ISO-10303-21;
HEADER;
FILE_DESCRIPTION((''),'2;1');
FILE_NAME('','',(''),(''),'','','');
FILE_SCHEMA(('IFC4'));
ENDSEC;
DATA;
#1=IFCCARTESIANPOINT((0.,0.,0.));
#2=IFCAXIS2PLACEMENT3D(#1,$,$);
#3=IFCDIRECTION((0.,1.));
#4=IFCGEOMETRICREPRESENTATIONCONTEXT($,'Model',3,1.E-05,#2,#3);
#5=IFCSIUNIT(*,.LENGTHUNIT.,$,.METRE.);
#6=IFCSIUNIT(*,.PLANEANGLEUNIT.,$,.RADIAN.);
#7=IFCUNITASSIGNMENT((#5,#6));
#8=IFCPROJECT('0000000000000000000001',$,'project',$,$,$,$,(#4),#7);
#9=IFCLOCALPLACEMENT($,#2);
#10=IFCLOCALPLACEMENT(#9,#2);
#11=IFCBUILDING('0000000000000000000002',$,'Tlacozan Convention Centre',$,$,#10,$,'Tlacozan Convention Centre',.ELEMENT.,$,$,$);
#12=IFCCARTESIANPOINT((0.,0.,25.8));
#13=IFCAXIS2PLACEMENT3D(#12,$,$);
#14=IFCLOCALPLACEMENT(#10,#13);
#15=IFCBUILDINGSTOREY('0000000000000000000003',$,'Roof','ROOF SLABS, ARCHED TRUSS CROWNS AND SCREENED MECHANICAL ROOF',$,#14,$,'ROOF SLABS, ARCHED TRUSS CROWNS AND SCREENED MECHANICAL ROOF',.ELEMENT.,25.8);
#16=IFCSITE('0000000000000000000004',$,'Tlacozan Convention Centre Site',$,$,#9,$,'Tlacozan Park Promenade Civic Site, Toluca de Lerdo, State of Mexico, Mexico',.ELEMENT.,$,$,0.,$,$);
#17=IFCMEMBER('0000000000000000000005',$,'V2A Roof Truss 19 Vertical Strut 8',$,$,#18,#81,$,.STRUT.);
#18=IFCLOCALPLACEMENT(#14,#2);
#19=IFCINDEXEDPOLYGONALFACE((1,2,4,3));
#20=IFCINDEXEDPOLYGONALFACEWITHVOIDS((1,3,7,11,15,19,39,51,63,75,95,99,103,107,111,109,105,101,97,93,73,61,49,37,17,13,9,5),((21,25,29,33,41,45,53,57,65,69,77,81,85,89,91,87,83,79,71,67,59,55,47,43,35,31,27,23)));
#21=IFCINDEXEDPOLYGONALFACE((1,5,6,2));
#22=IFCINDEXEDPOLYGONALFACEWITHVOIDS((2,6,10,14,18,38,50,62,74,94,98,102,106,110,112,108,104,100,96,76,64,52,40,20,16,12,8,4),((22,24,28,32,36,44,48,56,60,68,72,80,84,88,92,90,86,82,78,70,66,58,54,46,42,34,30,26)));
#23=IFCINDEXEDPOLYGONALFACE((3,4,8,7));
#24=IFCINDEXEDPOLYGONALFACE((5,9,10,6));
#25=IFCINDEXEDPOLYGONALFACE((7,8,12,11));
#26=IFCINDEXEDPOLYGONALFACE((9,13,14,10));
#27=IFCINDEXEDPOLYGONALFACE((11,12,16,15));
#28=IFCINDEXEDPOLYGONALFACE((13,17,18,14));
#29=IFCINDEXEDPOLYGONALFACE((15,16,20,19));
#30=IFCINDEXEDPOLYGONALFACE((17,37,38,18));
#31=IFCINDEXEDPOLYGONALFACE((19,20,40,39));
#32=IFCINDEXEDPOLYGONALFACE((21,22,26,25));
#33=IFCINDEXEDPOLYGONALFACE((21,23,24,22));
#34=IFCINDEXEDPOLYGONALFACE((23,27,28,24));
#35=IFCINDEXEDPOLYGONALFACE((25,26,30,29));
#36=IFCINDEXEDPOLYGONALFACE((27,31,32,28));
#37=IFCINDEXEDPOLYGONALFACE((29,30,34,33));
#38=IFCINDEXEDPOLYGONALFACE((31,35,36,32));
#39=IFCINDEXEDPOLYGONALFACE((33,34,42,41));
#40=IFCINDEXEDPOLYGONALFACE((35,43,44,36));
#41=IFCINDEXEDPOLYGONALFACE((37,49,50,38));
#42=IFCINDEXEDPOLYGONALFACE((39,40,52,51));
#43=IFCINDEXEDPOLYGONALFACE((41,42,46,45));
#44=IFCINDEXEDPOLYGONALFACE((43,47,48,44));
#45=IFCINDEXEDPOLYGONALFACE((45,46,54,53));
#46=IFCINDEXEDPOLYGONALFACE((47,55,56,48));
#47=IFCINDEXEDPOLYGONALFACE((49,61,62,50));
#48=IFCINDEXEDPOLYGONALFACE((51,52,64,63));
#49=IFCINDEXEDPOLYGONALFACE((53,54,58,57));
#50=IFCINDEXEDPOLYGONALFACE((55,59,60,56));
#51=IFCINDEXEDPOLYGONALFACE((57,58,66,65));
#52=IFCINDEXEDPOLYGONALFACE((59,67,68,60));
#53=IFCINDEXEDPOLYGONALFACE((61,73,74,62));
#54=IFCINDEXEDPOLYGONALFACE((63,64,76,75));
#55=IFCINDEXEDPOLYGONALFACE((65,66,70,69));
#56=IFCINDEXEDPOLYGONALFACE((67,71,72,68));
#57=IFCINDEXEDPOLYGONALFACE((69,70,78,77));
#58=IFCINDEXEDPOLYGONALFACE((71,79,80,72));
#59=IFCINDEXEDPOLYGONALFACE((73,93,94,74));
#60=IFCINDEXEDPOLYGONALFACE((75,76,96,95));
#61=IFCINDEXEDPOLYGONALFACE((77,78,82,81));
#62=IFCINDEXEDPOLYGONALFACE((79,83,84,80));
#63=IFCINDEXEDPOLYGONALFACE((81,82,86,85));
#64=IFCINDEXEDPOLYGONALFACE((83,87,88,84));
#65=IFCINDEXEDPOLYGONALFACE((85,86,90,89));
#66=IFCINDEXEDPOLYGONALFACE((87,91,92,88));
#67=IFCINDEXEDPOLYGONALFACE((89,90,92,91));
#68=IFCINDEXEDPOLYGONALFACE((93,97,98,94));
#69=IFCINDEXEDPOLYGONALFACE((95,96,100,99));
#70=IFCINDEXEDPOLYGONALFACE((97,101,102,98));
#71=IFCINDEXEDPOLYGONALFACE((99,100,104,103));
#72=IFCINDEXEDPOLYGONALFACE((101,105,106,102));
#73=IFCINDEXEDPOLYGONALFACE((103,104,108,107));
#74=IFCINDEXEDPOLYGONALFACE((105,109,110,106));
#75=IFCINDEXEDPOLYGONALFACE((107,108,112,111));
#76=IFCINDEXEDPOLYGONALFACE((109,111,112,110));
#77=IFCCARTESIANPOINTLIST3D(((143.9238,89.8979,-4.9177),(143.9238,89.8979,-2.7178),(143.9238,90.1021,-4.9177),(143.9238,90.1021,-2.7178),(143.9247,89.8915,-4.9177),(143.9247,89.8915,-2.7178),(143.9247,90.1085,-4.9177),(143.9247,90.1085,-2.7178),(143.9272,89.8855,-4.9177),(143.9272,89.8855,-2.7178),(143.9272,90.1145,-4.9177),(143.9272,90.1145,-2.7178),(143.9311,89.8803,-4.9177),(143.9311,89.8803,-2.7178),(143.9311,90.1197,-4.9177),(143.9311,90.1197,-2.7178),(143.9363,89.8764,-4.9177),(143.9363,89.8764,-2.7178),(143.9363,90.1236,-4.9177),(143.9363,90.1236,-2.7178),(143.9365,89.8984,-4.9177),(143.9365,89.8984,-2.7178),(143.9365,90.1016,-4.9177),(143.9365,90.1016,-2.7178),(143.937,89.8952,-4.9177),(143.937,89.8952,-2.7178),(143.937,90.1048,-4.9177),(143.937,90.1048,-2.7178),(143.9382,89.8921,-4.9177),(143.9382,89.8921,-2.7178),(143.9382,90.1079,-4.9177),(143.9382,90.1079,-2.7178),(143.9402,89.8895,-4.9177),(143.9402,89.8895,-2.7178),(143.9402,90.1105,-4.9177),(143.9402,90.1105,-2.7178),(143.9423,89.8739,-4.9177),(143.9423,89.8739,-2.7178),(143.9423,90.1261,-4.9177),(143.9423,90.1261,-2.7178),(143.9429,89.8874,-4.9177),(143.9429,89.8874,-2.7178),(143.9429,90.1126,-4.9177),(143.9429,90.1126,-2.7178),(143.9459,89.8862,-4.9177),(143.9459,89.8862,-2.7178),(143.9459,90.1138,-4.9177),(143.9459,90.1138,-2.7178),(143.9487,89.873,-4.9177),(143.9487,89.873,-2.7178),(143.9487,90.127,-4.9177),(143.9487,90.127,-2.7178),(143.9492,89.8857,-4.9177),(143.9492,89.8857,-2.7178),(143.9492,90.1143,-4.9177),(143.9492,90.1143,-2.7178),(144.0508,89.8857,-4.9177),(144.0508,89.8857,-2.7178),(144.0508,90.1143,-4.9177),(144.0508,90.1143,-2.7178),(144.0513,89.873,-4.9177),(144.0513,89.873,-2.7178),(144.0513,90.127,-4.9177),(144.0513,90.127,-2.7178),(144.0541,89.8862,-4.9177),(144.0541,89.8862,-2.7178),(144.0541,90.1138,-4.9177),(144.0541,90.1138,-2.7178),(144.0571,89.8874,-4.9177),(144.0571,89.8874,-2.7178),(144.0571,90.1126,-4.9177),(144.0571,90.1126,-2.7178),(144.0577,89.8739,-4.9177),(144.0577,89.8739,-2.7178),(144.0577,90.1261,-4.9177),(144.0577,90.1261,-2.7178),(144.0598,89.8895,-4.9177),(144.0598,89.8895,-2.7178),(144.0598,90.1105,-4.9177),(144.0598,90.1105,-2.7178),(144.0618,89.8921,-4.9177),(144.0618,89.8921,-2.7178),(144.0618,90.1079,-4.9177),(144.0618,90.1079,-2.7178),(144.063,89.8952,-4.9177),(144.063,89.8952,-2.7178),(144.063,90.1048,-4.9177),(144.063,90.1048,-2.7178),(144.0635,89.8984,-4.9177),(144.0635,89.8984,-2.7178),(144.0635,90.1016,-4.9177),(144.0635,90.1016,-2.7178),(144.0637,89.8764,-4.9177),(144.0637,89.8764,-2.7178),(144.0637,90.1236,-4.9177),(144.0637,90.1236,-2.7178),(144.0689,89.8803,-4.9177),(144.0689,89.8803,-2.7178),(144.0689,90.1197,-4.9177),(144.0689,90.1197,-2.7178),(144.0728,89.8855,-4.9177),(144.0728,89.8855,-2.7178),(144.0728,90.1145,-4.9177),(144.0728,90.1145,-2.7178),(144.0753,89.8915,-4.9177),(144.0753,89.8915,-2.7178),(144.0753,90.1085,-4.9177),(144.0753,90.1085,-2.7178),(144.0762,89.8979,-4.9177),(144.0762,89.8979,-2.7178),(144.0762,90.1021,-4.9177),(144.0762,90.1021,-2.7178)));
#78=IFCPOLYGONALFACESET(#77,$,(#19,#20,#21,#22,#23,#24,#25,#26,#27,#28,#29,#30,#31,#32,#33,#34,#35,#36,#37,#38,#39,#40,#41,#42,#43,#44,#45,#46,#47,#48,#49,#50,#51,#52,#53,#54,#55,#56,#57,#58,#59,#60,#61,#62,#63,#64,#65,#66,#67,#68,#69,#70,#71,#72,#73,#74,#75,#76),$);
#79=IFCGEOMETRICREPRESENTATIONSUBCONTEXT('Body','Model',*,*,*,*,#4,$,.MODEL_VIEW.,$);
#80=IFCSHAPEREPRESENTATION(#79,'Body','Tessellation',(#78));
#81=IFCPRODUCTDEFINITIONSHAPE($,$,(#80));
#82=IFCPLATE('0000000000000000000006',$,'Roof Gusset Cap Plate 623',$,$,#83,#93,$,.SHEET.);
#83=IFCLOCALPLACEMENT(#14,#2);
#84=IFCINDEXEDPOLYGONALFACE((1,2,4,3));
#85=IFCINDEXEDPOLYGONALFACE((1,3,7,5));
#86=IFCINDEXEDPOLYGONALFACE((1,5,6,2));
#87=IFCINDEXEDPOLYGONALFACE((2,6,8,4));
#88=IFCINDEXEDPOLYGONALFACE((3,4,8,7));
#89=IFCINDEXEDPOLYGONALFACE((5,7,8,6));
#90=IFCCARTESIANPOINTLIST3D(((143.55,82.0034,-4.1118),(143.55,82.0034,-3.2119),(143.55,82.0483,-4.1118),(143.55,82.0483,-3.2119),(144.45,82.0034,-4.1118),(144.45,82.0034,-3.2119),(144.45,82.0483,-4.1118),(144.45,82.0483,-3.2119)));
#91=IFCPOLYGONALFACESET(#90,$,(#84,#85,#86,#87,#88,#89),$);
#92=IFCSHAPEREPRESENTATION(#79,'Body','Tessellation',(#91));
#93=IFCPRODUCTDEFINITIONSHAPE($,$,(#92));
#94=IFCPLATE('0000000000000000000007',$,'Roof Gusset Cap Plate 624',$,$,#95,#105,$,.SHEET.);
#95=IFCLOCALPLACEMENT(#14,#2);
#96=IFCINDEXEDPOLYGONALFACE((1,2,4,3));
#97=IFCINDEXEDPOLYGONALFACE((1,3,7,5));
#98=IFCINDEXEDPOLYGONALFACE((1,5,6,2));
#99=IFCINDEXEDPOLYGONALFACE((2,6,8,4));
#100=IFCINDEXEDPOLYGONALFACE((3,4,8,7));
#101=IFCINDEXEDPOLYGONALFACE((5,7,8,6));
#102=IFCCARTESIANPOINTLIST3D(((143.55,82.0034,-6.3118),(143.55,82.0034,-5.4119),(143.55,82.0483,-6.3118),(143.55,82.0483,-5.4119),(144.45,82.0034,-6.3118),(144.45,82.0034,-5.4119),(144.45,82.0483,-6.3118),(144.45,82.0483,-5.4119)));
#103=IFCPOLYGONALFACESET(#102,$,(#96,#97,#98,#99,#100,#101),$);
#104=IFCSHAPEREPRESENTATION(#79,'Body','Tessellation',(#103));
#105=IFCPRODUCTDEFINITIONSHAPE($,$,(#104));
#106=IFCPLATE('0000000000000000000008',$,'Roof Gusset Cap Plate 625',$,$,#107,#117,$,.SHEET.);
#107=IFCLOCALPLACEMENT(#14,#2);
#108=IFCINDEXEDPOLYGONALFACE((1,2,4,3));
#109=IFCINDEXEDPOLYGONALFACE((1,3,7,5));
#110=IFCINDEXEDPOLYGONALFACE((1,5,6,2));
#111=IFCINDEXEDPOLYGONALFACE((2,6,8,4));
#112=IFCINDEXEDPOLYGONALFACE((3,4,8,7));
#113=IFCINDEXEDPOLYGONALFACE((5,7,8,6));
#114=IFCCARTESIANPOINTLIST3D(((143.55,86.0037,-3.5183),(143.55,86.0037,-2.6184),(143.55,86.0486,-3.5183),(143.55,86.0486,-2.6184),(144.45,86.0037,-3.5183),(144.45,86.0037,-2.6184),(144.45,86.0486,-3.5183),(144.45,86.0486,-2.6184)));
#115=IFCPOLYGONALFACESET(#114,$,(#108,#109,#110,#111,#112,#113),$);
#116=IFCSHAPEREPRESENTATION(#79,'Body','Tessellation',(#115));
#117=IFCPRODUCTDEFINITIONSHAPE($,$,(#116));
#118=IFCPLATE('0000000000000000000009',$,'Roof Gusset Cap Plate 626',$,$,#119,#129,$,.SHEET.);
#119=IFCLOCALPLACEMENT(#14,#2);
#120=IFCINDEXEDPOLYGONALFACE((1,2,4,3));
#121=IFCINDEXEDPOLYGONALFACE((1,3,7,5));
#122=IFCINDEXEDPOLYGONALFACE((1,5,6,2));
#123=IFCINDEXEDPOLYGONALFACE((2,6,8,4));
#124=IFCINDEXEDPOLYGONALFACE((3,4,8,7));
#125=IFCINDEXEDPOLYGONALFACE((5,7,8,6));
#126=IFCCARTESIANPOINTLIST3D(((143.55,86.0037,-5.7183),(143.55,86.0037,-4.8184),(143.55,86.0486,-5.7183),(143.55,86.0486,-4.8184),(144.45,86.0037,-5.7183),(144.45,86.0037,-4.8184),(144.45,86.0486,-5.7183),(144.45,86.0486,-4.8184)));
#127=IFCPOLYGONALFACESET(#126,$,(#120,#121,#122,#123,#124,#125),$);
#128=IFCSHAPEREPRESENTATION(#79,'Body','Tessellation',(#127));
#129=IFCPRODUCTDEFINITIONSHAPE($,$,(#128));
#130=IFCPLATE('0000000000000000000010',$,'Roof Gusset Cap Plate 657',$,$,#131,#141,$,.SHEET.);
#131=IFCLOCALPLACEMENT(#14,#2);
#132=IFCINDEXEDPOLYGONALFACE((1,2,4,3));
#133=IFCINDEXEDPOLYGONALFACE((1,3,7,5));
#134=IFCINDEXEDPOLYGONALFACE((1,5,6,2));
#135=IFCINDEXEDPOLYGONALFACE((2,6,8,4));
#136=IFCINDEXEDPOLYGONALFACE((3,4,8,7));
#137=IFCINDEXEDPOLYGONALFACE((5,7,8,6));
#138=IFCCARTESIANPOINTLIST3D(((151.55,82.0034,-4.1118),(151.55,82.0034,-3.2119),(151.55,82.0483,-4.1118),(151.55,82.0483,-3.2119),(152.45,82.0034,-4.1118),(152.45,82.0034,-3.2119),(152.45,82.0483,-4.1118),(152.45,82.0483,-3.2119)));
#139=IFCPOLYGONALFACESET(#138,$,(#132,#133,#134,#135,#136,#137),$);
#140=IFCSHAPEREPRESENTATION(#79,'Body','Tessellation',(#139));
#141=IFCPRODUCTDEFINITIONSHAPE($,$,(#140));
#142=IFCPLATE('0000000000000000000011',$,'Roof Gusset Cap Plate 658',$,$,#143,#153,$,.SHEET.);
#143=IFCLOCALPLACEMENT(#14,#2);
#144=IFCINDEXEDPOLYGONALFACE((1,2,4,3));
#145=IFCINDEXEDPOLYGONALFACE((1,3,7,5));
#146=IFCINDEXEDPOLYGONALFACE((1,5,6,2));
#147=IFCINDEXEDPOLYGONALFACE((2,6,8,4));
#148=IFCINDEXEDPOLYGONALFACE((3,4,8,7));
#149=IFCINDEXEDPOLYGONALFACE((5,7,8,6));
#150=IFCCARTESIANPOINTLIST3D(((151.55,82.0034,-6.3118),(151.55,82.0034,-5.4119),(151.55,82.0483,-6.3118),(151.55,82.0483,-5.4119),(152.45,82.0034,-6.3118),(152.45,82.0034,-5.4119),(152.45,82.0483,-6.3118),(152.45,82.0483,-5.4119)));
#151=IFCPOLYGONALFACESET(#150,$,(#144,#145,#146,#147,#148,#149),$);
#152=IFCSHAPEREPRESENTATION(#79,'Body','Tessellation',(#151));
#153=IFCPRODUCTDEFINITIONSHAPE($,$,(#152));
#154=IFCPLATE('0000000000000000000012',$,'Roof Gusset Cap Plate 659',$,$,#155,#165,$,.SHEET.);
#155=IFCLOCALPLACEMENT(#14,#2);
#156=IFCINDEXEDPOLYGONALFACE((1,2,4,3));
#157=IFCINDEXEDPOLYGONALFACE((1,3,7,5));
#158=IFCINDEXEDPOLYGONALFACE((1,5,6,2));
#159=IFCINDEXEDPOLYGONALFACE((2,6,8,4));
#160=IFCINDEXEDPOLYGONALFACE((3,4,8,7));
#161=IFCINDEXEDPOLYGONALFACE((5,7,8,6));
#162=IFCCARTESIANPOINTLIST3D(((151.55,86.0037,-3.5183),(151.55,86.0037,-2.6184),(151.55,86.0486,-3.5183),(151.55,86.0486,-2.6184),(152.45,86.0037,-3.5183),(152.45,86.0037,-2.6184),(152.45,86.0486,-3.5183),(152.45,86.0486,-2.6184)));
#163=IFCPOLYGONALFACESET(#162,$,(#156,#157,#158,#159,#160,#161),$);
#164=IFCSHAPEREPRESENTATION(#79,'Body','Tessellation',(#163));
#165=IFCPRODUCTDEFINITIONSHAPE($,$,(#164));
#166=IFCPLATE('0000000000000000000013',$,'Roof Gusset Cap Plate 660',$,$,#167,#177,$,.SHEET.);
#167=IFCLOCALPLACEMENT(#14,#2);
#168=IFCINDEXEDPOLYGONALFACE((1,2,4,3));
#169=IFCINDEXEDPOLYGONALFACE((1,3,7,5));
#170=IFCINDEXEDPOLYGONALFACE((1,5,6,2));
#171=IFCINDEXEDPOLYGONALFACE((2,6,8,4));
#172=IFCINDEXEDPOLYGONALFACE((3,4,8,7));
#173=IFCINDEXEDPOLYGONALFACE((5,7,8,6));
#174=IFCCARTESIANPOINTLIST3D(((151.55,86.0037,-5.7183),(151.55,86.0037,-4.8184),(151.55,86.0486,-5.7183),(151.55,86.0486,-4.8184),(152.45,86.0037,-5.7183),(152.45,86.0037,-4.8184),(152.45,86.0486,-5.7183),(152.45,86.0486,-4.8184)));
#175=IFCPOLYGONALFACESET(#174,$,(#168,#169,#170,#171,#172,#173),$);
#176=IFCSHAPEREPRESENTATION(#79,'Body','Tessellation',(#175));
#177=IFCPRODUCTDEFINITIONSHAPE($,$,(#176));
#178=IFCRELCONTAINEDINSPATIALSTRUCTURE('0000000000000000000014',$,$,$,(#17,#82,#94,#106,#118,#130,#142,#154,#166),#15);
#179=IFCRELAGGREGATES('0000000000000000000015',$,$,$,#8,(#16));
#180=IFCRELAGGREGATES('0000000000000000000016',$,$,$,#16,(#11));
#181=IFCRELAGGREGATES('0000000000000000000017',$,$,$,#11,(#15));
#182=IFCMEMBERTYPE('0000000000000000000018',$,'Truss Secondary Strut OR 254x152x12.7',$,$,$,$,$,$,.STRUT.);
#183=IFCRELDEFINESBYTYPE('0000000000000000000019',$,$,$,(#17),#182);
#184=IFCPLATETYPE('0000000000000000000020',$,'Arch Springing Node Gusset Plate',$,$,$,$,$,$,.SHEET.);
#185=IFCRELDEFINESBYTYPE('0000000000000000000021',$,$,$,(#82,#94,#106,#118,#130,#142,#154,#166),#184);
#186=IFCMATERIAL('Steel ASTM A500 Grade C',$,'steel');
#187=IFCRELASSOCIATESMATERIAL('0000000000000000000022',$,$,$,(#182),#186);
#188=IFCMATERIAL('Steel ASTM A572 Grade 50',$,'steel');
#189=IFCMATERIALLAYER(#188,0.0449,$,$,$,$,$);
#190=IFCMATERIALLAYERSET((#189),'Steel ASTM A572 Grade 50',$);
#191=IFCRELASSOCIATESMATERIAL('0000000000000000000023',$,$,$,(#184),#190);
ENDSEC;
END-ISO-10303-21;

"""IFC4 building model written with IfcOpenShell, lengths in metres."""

from ifc_helpers import new_model, si_unit, direction, frame, origin, origin_2d, place, context, subcontext, project, spatial, rectangle, hollow_rectangle, extrude, material, layer, layer_set, material_profile, profile_set, type_object, element, save


model = new_model("IFC4")

# Units and contexts
model_context = context("Model", 3, precision=1e-05, world=origin(), true_north=direction((0.0, 1.0)))
body_context = subcontext(model_context, "Body", "Model", "MODEL_VIEW")
ifc_project = project(units=[si_unit("LENGTHUNIT", "METRE"), si_unit("PLANEANGLEUNIT", "RADIAN")], contexts=[model_context])

# Site, building, storey
site_placement = place(None, origin())
site = spatial("IfcSite", under=ifc_project, at=site_placement, Name="Tlacozan Convention Centre Site", LongName="Tlacozan Park Promenade Civic Site, Toluca de Lerdo, State of Mexico, Mexico", CompositionType="ELEMENT", RefElevation=0.0)
building_placement = place(site_placement, origin())
building = spatial("IfcBuilding", under=site, at=building_placement, Name="Tlacozan Convention Centre", LongName="Tlacozan Convention Centre", CompositionType="ELEMENT")
storey_placement = place(building_placement, frame((0.0, 0.0, 25.8)))
storey = spatial("IfcBuildingStorey", under=building, at=storey_placement, Name="Roof", Description="ROOF SLABS, ARCHED TRUSS CROWNS AND SCREENED MECHANICAL ROOF", LongName="ROOF SLABS, ARCHED TRUSS CROWNS AND SCREENED MECHANICAL ROOF", CompositionType="ELEMENT", Elevation=25.8)

# Member
ifc_material_1 = material(Name="Steel ASTM A500 Grade C", Category="steel")
ifc_material_profile_1 = material_profile(ifc_material_1, hollow_rectangle(XDim=0.1523, YDim=0.2539, WallThickness=0.0127, InnerFilletRadius=0.0127, OuterFilletRadius=0.0249, at=origin_2d()), Name="OR 254x152x12.7")
ifc_profile_set_1 = profile_set([ifc_material_profile_1], Name="Steel ASTM A500 Grade C")
member_type_1 = type_object("IfcMemberType", Name="Truss Secondary Strut OR 254x152x12.7", PredefinedType="STRUT", material=ifc_profile_set_1)
member_1_placement = place(storey_placement, frame((144.0, 90.0, -4.9177), z_axis=(0.0, 0.0, 1.0), x_axis=(1.0, 0.0, 0.0)))
element("IfcMember", 1, at=member_1_placement, inside=storey, type_object=member_type_1, Name="V2A Roof Truss 19 Vertical Strut 8", PredefinedType="STRUT", context=body_context, shape_type="SweptSolid", body=[
    extrude(hollow_rectangle(XDim=0.1523, YDim=0.2539, WallThickness=0.0127, InnerFilletRadius=0.0127, OuterFilletRadius=0.0249, at=origin_2d()), origin(), (0.0, 0.0, 1.0), 2.2),
])

# Plates
ifc_material_2 = material(Name="Steel ASTM A572 Grade 50", Category="steel")
ifc_layer = layer(ifc_material_2, 0.0449)
ifc_layer_set = layer_set([ifc_layer], Name="Steel ASTM A572 Grade 50")
plate_type = type_object("IfcPlateType", Name="Arch Springing Node Gusset Plate", PredefinedType="SHEET", material=ifc_layer_set)
for number, where, z_axis, x_axis, name in (
    (2, (144.0, 82.0259, -4.1118), (0.0, 0.0, 1.0), (0.0, 1.0, 0.0), "Roof Gusset Cap Plate 623"),
    (3, (144.0, 82.0259, -6.3118), (0.0, 0.0, 1.0), (0.0, 1.0, 0.0), "Roof Gusset Cap Plate 624"),
    (4, (144.0, 86.0261, -3.5183), (0.0, 0.0, 1.0), (0.0, 1.0, 0.0), "Roof Gusset Cap Plate 625"),
    (5, (144.0, 86.0261, -5.7183), (0.0, 0.0, 1.0), (0.0, 1.0, 0.0), "Roof Gusset Cap Plate 626"),
    (6, (152.0, 82.0259, -4.1118), (0.0, 0.0, 1.0), (0.0, 1.0, 0.0), "Roof Gusset Cap Plate 657"),
    (7, (152.0, 82.0259, -6.3118), (0.0, 0.0, 1.0), (0.0, 1.0, 0.0), "Roof Gusset Cap Plate 658"),
    (8, (152.0, 86.0261, -3.5183), (0.0, 0.0, 1.0), (0.0, 1.0, 0.0), "Roof Gusset Cap Plate 659"),
    (9, (152.0, 86.0261, -5.7183), (0.0, 0.0, 1.0), (0.0, 1.0, 0.0), "Roof Gusset Cap Plate 660"),
):
    element("IfcPlate", number, at=place(storey_placement, frame(where, z_axis=z_axis, x_axis=x_axis)), inside=storey, type_object=plate_type, Name=name, PredefinedType="SHEET", context=body_context, shape_type="SweptSolid", body=[
        extrude(rectangle(XDim=0.0449, YDim=0.8999, at=origin_2d()), origin(), (0.0, 0.0, 1.0), 0.8999),
    ])

save(model, "model.ifc")
